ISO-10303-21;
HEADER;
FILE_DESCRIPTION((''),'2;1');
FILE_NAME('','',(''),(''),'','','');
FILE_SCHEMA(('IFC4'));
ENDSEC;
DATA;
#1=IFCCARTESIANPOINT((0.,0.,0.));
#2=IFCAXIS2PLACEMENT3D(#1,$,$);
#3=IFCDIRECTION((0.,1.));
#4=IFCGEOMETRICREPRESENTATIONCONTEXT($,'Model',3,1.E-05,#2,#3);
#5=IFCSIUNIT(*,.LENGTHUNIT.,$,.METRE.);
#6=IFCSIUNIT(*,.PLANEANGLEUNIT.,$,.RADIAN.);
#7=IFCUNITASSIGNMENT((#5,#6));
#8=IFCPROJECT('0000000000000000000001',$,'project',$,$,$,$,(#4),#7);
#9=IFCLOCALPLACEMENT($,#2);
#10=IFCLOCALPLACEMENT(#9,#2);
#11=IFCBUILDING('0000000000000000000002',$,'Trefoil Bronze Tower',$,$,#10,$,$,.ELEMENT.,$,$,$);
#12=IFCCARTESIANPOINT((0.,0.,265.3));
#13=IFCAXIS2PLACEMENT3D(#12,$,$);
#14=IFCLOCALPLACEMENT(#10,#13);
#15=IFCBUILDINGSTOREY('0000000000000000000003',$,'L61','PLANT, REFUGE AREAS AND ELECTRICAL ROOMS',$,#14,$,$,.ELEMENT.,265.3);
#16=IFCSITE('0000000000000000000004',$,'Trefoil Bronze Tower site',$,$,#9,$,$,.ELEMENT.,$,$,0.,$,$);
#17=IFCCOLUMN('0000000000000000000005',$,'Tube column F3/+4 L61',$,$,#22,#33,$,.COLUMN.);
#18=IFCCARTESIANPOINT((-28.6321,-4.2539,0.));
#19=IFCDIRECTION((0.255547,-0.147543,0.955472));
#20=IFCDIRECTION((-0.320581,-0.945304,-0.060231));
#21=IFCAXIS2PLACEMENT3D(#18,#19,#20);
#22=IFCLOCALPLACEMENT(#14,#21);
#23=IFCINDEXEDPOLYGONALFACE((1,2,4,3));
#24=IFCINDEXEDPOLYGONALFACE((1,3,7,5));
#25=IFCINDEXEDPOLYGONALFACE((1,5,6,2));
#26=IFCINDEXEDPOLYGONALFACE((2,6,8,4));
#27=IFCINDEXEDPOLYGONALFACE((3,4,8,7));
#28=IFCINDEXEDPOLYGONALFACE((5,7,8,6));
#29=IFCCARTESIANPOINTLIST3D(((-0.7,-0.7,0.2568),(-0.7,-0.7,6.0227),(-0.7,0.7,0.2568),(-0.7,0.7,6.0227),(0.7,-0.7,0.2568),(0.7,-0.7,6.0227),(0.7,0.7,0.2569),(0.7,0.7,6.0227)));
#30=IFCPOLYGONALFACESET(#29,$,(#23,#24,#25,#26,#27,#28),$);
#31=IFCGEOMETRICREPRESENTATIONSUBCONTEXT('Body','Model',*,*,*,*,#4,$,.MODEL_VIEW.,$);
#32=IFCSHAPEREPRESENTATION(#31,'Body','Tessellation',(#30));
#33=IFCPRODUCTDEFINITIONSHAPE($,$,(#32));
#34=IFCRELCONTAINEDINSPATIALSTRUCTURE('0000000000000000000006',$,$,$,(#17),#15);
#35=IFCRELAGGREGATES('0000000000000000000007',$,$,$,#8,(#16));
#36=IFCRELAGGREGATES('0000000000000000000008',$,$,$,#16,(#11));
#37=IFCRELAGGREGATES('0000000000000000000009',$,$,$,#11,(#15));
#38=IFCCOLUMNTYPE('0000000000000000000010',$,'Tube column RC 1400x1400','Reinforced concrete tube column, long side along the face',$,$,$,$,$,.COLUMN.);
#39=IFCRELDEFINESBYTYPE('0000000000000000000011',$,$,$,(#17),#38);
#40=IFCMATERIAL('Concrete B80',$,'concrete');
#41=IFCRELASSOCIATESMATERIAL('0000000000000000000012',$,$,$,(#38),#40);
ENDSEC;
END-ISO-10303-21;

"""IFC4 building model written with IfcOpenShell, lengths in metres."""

from ifc_helpers import new_model, si_unit, direction, frame, origin, origin_2d, place, context, subcontext, project, spatial, rectangle, extrude, clip, halfspace, material, material_profile, profile_set, type_object, element, save


model = new_model("IFC4")

# Units and contexts
model_context = context("Model", 3, precision=1e-05, world=origin(), true_north=direction((0.0, 1.0)))
body_context = subcontext(model_context, "Body", "Model", "MODEL_VIEW")
ifc_project = project(units=[si_unit("LENGTHUNIT", "METRE"), si_unit("PLANEANGLEUNIT", "RADIAN")], contexts=[model_context])

# Site, building, storey
site_placement = place(None, origin())
site = spatial("IfcSite", under=ifc_project, at=site_placement, Name="Trefoil Bronze Tower site", CompositionType="ELEMENT", RefElevation=0.0)
building_placement = place(site_placement, origin())
building = spatial("IfcBuilding", under=site, at=building_placement, Name="Trefoil Bronze Tower", CompositionType="ELEMENT")
storey_placement = place(building_placement, frame((0.0, 0.0, 265.3)))
storey = spatial("IfcBuildingStorey", under=building, at=storey_placement, Name="L61", Description="PLANT, REFUGE AREAS AND ELECTRICAL ROOMS", CompositionType="ELEMENT", Elevation=265.3)

# Column
ifc_material_1 = material(Name="Concrete B80", Category="concrete")
ifc_material_profile_1 = material_profile(ifc_material_1, rectangle(XDim=1.3999, YDim=1.3999, at=origin_2d()), Name="RC 1400x1400")
ifc_profile_set_1 = profile_set([ifc_material_profile_1], Name="Concrete B80")
column_type = type_object("IfcColumnType", Name="Tube column RC 1400x1400", Description="Reinforced concrete tube column, long side along the face", PredefinedType="COLUMN", material=ifc_profile_set_1)
column_placement = place(storey_placement, frame((-28.6321, -4.2539, 0.0), z_axis=(0.255547, -0.147543, 0.955472), x_axis=(-0.320581, -0.945304, -0.060231)))
element("IfcColumn", 1, at=column_placement, inside=storey, type_object=column_type, Name="Tube column F3/+4 L61", PredefinedType="COLUMN", context=body_context, shape_type="Clipping", body=[
    clip(clip(extrude(rectangle(XDim=1.3999, YDim=1.3999, at=origin_2d()), origin(), (0.0, 0.0, 1.0), 6.2795), halfspace(frame((0.0, 0.0, 0.2568), z_axis=(-0.000008, -0.000024, 1.0), x_axis=(0.0, 1.0, 0.000024)), True)), halfspace(frame((0.0, 0.0, 6.0227), z_axis=(0.000008, 0.000024, -1.0), x_axis=(0.0, -1.0, -0.000024)), True)),
])

save(model, "model.ifc")
